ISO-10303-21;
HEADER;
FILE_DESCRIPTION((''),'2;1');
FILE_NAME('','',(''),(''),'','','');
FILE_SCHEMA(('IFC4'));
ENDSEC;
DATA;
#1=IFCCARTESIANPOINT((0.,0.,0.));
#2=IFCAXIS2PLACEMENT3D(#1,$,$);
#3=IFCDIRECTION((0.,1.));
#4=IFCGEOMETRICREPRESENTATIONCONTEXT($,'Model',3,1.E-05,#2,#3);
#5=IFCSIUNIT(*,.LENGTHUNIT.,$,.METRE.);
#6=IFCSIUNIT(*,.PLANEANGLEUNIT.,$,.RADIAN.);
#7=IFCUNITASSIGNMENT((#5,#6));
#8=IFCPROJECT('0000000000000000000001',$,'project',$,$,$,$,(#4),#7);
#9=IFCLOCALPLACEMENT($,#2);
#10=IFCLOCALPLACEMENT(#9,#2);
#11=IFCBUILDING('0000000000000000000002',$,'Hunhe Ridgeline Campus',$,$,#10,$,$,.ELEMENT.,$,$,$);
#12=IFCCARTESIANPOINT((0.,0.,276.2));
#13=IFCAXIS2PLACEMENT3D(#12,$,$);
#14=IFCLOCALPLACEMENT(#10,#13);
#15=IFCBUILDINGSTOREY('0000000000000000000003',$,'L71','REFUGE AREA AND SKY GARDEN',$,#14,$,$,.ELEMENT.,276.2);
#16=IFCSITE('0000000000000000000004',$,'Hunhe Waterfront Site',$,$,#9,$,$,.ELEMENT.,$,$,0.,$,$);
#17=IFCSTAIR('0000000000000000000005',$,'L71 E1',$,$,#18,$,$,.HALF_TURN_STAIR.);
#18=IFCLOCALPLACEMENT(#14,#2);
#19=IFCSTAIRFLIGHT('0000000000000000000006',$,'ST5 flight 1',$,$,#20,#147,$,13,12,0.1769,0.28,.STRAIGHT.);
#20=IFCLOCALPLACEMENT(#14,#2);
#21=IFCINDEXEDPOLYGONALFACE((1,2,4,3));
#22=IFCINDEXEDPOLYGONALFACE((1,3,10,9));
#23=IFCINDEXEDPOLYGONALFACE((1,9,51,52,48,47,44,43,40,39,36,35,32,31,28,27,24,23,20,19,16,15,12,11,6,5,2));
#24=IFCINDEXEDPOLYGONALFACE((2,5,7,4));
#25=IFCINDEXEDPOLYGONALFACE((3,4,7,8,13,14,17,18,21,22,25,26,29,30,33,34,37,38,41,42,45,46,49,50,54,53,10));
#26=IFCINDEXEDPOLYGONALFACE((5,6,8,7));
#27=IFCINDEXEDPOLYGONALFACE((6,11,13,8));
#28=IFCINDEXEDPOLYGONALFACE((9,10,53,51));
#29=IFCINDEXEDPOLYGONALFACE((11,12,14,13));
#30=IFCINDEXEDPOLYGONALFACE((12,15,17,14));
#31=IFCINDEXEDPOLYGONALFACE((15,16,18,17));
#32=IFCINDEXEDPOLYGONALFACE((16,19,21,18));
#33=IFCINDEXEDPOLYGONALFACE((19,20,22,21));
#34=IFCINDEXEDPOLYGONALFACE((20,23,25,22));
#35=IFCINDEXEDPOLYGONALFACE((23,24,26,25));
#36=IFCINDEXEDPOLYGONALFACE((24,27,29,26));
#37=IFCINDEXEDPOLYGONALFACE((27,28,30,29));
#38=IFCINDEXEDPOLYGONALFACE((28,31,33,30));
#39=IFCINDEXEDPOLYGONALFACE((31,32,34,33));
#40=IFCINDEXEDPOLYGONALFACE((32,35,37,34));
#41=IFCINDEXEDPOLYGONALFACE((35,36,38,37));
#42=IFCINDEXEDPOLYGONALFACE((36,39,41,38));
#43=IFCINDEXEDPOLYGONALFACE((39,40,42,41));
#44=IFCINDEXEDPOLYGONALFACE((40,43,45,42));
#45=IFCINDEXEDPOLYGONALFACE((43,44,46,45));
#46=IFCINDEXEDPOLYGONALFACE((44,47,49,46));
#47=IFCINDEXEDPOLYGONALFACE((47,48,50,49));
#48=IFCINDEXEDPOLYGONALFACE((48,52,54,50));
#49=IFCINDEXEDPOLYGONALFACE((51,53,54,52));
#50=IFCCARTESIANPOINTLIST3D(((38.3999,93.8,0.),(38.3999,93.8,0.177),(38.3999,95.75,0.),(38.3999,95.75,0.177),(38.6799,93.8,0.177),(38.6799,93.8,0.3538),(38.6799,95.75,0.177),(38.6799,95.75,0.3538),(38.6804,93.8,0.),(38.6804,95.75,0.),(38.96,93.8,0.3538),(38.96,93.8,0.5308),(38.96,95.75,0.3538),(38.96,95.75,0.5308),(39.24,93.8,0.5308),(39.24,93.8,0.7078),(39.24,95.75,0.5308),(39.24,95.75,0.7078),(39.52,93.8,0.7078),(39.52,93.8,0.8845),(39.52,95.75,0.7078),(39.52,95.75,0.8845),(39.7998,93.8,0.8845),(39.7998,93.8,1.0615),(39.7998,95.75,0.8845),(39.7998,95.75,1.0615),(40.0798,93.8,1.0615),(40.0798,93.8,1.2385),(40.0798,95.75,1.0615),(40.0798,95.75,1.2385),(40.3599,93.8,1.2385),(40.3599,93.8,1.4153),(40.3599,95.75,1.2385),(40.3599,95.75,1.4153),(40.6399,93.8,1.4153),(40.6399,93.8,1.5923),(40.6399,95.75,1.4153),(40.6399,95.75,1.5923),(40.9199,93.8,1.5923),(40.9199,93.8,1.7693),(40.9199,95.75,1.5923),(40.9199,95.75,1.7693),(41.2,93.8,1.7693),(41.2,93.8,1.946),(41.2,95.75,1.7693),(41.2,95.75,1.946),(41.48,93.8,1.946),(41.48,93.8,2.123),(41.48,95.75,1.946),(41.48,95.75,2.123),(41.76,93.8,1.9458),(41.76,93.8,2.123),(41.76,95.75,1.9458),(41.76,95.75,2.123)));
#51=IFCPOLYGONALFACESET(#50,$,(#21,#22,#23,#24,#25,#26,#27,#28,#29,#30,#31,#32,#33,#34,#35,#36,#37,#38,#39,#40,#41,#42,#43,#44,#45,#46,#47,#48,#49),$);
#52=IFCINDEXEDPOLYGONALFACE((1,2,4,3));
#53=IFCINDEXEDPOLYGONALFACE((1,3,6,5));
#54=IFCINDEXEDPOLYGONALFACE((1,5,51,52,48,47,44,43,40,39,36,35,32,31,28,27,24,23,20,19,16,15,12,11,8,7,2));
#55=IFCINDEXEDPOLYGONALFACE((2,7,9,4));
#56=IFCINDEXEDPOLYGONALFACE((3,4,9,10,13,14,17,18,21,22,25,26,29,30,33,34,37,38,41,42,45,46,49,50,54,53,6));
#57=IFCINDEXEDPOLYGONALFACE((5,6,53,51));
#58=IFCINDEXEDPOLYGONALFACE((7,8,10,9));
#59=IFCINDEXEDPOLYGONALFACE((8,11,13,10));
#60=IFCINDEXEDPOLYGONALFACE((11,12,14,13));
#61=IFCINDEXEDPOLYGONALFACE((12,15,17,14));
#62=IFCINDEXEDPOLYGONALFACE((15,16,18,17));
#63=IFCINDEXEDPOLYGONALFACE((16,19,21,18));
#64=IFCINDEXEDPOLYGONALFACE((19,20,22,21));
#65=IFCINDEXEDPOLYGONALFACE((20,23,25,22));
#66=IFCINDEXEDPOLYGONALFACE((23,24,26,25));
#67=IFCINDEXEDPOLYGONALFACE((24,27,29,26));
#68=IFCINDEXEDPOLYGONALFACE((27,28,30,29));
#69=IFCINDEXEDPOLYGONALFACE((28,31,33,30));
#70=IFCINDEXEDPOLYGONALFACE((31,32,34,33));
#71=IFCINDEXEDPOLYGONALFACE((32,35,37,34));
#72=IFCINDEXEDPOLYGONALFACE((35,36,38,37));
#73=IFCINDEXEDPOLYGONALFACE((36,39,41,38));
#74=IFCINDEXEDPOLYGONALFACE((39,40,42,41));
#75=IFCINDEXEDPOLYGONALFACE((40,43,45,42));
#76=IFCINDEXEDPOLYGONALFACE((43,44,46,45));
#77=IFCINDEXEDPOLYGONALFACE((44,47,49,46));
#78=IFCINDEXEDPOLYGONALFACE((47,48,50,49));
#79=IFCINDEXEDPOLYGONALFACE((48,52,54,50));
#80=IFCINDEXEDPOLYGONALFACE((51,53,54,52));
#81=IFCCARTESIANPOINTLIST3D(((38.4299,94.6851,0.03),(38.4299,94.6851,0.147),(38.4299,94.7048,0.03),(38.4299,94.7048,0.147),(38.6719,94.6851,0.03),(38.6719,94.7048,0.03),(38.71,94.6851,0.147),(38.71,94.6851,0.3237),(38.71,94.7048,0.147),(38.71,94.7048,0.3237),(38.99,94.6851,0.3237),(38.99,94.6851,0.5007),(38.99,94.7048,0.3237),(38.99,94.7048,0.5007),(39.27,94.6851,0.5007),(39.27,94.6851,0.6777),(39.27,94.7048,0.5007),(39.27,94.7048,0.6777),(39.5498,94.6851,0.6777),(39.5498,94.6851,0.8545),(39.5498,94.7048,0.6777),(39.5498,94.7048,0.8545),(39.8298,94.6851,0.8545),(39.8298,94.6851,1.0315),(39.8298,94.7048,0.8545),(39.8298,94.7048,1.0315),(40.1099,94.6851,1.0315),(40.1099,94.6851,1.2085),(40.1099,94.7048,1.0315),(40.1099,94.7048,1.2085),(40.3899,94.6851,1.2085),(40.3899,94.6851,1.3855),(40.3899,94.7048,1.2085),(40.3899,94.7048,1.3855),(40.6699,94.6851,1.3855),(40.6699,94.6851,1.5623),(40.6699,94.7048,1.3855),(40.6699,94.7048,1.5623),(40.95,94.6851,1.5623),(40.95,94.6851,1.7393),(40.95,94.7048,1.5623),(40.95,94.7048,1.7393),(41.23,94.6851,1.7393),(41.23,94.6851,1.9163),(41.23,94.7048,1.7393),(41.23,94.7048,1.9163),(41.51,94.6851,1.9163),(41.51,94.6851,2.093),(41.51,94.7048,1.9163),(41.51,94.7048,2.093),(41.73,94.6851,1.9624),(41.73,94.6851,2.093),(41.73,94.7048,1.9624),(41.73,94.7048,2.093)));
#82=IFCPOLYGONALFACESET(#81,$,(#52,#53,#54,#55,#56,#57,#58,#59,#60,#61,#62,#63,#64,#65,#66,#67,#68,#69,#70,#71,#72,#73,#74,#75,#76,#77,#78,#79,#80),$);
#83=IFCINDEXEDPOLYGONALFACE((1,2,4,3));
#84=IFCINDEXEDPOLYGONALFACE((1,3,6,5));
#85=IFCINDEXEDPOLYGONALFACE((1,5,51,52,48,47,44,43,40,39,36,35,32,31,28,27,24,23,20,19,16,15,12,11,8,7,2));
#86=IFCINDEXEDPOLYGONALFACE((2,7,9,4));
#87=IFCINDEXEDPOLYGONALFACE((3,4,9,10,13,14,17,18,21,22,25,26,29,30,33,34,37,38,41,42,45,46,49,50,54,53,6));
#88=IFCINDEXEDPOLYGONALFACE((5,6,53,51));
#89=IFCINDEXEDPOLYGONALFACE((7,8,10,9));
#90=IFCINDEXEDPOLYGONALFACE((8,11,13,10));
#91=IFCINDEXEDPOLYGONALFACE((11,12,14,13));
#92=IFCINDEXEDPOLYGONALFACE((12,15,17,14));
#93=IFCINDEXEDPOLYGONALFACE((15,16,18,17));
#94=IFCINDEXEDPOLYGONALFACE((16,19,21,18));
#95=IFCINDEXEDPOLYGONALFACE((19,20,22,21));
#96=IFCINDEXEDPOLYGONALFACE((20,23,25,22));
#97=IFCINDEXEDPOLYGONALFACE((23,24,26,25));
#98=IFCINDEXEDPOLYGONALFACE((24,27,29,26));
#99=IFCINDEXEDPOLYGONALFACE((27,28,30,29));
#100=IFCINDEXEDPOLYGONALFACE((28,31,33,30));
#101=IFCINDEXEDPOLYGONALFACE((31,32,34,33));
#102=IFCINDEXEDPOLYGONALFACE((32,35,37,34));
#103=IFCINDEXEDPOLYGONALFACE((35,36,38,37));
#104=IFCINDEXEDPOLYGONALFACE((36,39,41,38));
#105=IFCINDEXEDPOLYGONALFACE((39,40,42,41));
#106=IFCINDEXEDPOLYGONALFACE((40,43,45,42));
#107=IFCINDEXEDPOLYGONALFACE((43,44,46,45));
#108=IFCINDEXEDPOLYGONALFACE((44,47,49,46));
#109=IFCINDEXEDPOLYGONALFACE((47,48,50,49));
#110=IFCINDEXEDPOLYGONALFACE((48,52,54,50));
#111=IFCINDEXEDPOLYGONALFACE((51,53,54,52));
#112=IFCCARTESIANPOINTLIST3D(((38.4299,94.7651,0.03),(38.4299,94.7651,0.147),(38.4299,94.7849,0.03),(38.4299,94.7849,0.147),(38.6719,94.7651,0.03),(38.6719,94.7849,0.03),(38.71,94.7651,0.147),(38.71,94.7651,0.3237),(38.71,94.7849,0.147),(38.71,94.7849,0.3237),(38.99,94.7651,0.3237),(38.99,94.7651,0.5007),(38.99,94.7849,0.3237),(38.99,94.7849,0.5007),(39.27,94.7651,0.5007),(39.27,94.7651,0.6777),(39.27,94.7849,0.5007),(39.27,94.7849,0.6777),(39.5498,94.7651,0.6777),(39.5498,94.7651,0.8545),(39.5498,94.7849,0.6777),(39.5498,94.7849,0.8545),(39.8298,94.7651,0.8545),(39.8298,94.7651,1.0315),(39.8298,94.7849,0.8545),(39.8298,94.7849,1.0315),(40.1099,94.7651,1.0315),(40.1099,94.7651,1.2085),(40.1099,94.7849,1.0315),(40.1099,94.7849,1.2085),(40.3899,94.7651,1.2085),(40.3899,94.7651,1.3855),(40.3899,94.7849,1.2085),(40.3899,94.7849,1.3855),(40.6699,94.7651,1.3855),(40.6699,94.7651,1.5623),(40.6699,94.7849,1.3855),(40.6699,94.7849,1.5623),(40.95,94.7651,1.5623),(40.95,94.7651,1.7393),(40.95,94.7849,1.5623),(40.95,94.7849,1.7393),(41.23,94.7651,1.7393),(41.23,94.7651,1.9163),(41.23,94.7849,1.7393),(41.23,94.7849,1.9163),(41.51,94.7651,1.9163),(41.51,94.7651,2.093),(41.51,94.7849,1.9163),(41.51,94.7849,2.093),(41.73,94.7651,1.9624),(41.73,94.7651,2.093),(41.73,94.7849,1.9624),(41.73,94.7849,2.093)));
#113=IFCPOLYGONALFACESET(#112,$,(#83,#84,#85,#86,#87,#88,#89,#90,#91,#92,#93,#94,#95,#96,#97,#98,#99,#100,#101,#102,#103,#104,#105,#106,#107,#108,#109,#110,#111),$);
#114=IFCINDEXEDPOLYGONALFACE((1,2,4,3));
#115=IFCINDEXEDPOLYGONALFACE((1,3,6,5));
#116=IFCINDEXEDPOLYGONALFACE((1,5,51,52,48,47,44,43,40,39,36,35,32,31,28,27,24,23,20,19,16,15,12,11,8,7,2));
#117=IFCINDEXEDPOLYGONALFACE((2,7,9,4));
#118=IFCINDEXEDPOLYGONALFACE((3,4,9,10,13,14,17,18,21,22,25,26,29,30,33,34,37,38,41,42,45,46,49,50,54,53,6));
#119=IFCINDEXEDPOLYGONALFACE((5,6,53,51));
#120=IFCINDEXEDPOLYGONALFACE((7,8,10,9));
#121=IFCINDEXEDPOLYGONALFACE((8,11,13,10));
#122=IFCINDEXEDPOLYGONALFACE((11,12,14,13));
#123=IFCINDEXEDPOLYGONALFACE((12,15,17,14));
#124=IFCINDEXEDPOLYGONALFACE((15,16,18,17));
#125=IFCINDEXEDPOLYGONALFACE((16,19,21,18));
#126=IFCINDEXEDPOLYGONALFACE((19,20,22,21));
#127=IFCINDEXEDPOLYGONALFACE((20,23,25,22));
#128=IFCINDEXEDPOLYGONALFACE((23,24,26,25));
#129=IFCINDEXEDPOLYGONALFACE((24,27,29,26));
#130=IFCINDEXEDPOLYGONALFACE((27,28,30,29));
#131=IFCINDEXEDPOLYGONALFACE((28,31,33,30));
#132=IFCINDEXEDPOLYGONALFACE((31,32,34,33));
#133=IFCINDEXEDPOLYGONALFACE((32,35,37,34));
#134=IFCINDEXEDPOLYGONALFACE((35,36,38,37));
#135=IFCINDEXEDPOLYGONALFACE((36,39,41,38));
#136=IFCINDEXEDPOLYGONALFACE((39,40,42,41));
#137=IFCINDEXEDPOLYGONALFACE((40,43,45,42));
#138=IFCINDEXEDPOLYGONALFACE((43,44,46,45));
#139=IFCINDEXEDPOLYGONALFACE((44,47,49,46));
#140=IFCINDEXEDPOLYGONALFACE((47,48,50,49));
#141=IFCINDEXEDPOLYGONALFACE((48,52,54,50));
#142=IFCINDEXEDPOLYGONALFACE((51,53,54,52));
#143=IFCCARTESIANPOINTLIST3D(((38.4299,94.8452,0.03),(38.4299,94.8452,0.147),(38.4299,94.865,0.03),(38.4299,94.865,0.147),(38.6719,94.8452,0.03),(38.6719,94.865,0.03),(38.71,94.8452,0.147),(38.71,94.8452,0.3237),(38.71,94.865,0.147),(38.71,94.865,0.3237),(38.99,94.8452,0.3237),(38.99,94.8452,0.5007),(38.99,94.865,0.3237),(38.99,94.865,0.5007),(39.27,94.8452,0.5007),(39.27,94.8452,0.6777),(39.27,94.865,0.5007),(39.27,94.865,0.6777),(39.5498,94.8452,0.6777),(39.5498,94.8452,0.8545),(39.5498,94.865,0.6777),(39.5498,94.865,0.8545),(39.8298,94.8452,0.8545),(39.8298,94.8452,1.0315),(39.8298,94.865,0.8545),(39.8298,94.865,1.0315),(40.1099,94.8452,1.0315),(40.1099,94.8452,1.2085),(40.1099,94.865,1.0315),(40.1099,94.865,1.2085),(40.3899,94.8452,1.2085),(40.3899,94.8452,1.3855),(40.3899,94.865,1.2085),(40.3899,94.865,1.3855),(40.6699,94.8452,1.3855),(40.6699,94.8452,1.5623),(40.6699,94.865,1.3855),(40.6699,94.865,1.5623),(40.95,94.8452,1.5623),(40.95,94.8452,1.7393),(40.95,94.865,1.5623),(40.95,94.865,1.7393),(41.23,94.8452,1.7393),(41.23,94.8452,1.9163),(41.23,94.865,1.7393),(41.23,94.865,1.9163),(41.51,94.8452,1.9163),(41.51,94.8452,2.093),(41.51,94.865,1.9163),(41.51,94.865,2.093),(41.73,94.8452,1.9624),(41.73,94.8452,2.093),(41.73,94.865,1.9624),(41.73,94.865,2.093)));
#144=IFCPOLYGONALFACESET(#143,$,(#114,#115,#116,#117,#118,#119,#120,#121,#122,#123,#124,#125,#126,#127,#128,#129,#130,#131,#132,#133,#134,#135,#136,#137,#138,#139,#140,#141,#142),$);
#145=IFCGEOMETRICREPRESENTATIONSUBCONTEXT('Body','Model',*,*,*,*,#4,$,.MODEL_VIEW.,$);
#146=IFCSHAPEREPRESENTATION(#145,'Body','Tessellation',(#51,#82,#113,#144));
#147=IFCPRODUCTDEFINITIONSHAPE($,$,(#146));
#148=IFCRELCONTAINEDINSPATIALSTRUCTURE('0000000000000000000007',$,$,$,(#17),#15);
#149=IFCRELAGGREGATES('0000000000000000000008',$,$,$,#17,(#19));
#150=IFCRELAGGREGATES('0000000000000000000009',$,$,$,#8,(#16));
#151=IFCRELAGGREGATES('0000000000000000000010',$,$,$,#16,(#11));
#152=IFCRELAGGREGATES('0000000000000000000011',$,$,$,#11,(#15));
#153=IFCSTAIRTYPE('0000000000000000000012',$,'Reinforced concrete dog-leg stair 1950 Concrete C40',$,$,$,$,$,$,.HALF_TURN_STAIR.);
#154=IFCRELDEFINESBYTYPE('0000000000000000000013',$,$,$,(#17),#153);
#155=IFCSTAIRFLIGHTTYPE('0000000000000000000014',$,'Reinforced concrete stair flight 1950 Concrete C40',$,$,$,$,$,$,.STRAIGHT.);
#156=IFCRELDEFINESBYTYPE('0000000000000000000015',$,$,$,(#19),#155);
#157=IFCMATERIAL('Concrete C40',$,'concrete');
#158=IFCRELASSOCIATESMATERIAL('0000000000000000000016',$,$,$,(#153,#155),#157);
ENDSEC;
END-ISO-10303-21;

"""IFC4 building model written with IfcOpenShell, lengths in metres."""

from ifc_helpers import new_model, si_unit, direction, frame, origin, place, context, subcontext, project, spatial, polyline, outline, extrude, material, type_object, element, aggregate, save


model = new_model("IFC4")

# Units and contexts
model_context = context("Model", 3, precision=1e-05, world=origin(), true_north=direction((0.0, 1.0)))
body_context = subcontext(model_context, "Body", "Model", "MODEL_VIEW")
ifc_project = project(units=[si_unit("LENGTHUNIT", "METRE"), si_unit("PLANEANGLEUNIT", "RADIAN")], contexts=[model_context])

# Site, building, storey
site_placement = place(None, origin())
site = spatial("IfcSite", under=ifc_project, at=site_placement, Name="Hunhe Waterfront Site", CompositionType="ELEMENT", RefElevation=0.0)
building_placement = place(site_placement, origin())
building = spatial("IfcBuilding", under=site, at=building_placement, Name="Hunhe Ridgeline Campus", CompositionType="ELEMENT")
storey_placement = place(building_placement, frame((0.0, 0.0, 276.2)))
storey = spatial("IfcBuildingStorey", under=building, at=storey_placement, Name="L71", Description="REFUGE AREA AND SKY GARDEN", CompositionType="ELEMENT", Elevation=276.2)

# Stair, stair flight
ifc_material_1 = material(Name="Concrete C40", Category="concrete")
stair_type = type_object("IfcStairType", Name="Reinforced concrete dog-leg stair 1950 Concrete C40", PredefinedType="HALF_TURN_STAIR", material=ifc_material_1)
stair_flight_type = type_object("IfcStairFlightType", Name="Reinforced concrete stair flight 1950 Concrete C40", PredefinedType="STRAIGHT", material=ifc_material_1)
stair_1_placement = place(storey_placement, origin())
stair_1 = element("IfcStair", 1, at=stair_1_placement, inside=storey, type_object=stair_type, Name="L71 E1", PredefinedType="HALF_TURN_STAIR")
stair_flight_1_placement = place(storey_placement, frame((38.3999, 94.7749, 0.0), z_axis=(0.0, 0.0, 1.0), x_axis=(1.0, 0.0, 0.0)))
stair_flight_1 = element("IfcStairFlight", 2, at=stair_flight_1_placement, type_object=stair_flight_type, Name="ST5 flight 1", NumberOfRisers=13, NumberOfTreads=12, PredefinedType="STRAIGHT", RiserHeight=0.1769, TreadLength=0.28, context=body_context, shape_type="SweptSolid", body=[
    extrude(outline(polyline([(0.0, 0.0), (0.0, 0.177), (0.28, 0.177), (0.28, 0.3538), (0.5601, 0.3538), (0.5601, 0.5308), (0.8401, 0.5308), (0.8401, 0.7078), (1.1201, 0.7078), (1.1201, 0.8845), (1.3999, 0.8845), (1.3999, 1.0615), (1.6799, 1.0615), (1.6799, 1.2385), (1.96, 1.2385), (1.96, 1.4153), (2.24, 1.4153), (2.24, 1.5923), (2.52, 1.5923), (2.52, 1.7693), (2.8, 1.7693), (2.8, 1.946), (3.0801, 1.946), (3.0801, 2.123), (3.3601, 2.123), (3.3601, 2.3), (3.3601, 1.9458), (0.2805, 0.0), (0.0, 0.0)])), frame((0.0, 0.9751, 0.0), z_axis=(0.0, -1.0, 0.0), x_axis=(1.0, 0.0, 0.0)), (0.0, 0.0, 1.0), 1.95),
    extrude(outline(polyline([(0.03, 0.03), (0.03, 0.147), (0.3101, 0.147), (0.3101, 0.3237), (0.5901, 0.3237), (0.5901, 0.5007), (0.8701, 0.5007), (0.8701, 0.6777), (1.1499, 0.6777), (1.1499, 0.8545), (1.4299, 0.8545), (1.4299, 1.0315), (1.71, 1.0315), (1.71, 1.2085), (1.99, 1.2085), (1.99, 1.3855), (2.27, 1.3855), (2.27, 1.5623), (2.55, 1.5623), (2.55, 1.7393), (2.8301, 1.7393), (2.8301, 1.9163), (3.1101, 1.9163), (3.1101, 2.093), (3.3301, 2.093), (3.3301, 1.9624), (0.272, 0.03), (0.03, 0.03)])), frame((0.0, -0.0701, 0.0), z_axis=(0.0, -1.0, 0.0), x_axis=(1.0, 0.0, 0.0)), (0.0, 0.0, 1.0), 0.0198),
    extrude(outline(polyline([(0.03, 0.03), (0.03, 0.147), (0.3101, 0.147), (0.3101, 0.3237), (0.5901, 0.3237), (0.5901, 0.5007), (0.8701, 0.5007), (0.8701, 0.6777), (1.1499, 0.6777), (1.1499, 0.8545), (1.4299, 0.8545), (1.4299, 1.0315), (1.71, 1.0315), (1.71, 1.2085), (1.99, 1.2085), (1.99, 1.3855), (2.27, 1.3855), (2.27, 1.5623), (2.55, 1.5623), (2.55, 1.7393), (2.8301, 1.7393), (2.8301, 1.9163), (3.1101, 1.9163), (3.1101, 2.093), (3.3301, 2.093), (3.3301, 1.9624), (0.272, 0.03), (0.03, 0.03)])), frame((0.0, 0.01, 0.0), z_axis=(0.0, -1.0, 0.0), x_axis=(1.0, 0.0, 0.0)), (0.0, 0.0, 1.0), 0.0198),
    extrude(outline(polyline([(0.03, 0.03), (0.03, 0.147), (0.3101, 0.147), (0.3101, 0.3237), (0.5901, 0.3237), (0.5901, 0.5007), (0.8701, 0.5007), (0.8701, 0.6777), (1.1499, 0.6777), (1.1499, 0.8545), (1.4299, 0.8545), (1.4299, 1.0315), (1.71, 1.0315), (1.71, 1.2085), (1.99, 1.2085), (1.99, 1.3855), (2.27, 1.3855), (2.27, 1.5623), (2.55, 1.5623), (2.55, 1.7393), (2.8301, 1.7393), (2.8301, 1.9163), (3.1101, 1.9163), (3.1101, 2.093), (3.3301, 2.093), (3.3301, 1.9624), (0.272, 0.03), (0.03, 0.03)])), frame((0.0, 0.0901, 0.0), z_axis=(0.0, -1.0, 0.0), x_axis=(1.0, 0.0, 0.0)), (0.0, 0.0, 1.0), 0.0198),
])
aggregate(stair_1, [stair_flight_1])

save(model, "model.ifc")
